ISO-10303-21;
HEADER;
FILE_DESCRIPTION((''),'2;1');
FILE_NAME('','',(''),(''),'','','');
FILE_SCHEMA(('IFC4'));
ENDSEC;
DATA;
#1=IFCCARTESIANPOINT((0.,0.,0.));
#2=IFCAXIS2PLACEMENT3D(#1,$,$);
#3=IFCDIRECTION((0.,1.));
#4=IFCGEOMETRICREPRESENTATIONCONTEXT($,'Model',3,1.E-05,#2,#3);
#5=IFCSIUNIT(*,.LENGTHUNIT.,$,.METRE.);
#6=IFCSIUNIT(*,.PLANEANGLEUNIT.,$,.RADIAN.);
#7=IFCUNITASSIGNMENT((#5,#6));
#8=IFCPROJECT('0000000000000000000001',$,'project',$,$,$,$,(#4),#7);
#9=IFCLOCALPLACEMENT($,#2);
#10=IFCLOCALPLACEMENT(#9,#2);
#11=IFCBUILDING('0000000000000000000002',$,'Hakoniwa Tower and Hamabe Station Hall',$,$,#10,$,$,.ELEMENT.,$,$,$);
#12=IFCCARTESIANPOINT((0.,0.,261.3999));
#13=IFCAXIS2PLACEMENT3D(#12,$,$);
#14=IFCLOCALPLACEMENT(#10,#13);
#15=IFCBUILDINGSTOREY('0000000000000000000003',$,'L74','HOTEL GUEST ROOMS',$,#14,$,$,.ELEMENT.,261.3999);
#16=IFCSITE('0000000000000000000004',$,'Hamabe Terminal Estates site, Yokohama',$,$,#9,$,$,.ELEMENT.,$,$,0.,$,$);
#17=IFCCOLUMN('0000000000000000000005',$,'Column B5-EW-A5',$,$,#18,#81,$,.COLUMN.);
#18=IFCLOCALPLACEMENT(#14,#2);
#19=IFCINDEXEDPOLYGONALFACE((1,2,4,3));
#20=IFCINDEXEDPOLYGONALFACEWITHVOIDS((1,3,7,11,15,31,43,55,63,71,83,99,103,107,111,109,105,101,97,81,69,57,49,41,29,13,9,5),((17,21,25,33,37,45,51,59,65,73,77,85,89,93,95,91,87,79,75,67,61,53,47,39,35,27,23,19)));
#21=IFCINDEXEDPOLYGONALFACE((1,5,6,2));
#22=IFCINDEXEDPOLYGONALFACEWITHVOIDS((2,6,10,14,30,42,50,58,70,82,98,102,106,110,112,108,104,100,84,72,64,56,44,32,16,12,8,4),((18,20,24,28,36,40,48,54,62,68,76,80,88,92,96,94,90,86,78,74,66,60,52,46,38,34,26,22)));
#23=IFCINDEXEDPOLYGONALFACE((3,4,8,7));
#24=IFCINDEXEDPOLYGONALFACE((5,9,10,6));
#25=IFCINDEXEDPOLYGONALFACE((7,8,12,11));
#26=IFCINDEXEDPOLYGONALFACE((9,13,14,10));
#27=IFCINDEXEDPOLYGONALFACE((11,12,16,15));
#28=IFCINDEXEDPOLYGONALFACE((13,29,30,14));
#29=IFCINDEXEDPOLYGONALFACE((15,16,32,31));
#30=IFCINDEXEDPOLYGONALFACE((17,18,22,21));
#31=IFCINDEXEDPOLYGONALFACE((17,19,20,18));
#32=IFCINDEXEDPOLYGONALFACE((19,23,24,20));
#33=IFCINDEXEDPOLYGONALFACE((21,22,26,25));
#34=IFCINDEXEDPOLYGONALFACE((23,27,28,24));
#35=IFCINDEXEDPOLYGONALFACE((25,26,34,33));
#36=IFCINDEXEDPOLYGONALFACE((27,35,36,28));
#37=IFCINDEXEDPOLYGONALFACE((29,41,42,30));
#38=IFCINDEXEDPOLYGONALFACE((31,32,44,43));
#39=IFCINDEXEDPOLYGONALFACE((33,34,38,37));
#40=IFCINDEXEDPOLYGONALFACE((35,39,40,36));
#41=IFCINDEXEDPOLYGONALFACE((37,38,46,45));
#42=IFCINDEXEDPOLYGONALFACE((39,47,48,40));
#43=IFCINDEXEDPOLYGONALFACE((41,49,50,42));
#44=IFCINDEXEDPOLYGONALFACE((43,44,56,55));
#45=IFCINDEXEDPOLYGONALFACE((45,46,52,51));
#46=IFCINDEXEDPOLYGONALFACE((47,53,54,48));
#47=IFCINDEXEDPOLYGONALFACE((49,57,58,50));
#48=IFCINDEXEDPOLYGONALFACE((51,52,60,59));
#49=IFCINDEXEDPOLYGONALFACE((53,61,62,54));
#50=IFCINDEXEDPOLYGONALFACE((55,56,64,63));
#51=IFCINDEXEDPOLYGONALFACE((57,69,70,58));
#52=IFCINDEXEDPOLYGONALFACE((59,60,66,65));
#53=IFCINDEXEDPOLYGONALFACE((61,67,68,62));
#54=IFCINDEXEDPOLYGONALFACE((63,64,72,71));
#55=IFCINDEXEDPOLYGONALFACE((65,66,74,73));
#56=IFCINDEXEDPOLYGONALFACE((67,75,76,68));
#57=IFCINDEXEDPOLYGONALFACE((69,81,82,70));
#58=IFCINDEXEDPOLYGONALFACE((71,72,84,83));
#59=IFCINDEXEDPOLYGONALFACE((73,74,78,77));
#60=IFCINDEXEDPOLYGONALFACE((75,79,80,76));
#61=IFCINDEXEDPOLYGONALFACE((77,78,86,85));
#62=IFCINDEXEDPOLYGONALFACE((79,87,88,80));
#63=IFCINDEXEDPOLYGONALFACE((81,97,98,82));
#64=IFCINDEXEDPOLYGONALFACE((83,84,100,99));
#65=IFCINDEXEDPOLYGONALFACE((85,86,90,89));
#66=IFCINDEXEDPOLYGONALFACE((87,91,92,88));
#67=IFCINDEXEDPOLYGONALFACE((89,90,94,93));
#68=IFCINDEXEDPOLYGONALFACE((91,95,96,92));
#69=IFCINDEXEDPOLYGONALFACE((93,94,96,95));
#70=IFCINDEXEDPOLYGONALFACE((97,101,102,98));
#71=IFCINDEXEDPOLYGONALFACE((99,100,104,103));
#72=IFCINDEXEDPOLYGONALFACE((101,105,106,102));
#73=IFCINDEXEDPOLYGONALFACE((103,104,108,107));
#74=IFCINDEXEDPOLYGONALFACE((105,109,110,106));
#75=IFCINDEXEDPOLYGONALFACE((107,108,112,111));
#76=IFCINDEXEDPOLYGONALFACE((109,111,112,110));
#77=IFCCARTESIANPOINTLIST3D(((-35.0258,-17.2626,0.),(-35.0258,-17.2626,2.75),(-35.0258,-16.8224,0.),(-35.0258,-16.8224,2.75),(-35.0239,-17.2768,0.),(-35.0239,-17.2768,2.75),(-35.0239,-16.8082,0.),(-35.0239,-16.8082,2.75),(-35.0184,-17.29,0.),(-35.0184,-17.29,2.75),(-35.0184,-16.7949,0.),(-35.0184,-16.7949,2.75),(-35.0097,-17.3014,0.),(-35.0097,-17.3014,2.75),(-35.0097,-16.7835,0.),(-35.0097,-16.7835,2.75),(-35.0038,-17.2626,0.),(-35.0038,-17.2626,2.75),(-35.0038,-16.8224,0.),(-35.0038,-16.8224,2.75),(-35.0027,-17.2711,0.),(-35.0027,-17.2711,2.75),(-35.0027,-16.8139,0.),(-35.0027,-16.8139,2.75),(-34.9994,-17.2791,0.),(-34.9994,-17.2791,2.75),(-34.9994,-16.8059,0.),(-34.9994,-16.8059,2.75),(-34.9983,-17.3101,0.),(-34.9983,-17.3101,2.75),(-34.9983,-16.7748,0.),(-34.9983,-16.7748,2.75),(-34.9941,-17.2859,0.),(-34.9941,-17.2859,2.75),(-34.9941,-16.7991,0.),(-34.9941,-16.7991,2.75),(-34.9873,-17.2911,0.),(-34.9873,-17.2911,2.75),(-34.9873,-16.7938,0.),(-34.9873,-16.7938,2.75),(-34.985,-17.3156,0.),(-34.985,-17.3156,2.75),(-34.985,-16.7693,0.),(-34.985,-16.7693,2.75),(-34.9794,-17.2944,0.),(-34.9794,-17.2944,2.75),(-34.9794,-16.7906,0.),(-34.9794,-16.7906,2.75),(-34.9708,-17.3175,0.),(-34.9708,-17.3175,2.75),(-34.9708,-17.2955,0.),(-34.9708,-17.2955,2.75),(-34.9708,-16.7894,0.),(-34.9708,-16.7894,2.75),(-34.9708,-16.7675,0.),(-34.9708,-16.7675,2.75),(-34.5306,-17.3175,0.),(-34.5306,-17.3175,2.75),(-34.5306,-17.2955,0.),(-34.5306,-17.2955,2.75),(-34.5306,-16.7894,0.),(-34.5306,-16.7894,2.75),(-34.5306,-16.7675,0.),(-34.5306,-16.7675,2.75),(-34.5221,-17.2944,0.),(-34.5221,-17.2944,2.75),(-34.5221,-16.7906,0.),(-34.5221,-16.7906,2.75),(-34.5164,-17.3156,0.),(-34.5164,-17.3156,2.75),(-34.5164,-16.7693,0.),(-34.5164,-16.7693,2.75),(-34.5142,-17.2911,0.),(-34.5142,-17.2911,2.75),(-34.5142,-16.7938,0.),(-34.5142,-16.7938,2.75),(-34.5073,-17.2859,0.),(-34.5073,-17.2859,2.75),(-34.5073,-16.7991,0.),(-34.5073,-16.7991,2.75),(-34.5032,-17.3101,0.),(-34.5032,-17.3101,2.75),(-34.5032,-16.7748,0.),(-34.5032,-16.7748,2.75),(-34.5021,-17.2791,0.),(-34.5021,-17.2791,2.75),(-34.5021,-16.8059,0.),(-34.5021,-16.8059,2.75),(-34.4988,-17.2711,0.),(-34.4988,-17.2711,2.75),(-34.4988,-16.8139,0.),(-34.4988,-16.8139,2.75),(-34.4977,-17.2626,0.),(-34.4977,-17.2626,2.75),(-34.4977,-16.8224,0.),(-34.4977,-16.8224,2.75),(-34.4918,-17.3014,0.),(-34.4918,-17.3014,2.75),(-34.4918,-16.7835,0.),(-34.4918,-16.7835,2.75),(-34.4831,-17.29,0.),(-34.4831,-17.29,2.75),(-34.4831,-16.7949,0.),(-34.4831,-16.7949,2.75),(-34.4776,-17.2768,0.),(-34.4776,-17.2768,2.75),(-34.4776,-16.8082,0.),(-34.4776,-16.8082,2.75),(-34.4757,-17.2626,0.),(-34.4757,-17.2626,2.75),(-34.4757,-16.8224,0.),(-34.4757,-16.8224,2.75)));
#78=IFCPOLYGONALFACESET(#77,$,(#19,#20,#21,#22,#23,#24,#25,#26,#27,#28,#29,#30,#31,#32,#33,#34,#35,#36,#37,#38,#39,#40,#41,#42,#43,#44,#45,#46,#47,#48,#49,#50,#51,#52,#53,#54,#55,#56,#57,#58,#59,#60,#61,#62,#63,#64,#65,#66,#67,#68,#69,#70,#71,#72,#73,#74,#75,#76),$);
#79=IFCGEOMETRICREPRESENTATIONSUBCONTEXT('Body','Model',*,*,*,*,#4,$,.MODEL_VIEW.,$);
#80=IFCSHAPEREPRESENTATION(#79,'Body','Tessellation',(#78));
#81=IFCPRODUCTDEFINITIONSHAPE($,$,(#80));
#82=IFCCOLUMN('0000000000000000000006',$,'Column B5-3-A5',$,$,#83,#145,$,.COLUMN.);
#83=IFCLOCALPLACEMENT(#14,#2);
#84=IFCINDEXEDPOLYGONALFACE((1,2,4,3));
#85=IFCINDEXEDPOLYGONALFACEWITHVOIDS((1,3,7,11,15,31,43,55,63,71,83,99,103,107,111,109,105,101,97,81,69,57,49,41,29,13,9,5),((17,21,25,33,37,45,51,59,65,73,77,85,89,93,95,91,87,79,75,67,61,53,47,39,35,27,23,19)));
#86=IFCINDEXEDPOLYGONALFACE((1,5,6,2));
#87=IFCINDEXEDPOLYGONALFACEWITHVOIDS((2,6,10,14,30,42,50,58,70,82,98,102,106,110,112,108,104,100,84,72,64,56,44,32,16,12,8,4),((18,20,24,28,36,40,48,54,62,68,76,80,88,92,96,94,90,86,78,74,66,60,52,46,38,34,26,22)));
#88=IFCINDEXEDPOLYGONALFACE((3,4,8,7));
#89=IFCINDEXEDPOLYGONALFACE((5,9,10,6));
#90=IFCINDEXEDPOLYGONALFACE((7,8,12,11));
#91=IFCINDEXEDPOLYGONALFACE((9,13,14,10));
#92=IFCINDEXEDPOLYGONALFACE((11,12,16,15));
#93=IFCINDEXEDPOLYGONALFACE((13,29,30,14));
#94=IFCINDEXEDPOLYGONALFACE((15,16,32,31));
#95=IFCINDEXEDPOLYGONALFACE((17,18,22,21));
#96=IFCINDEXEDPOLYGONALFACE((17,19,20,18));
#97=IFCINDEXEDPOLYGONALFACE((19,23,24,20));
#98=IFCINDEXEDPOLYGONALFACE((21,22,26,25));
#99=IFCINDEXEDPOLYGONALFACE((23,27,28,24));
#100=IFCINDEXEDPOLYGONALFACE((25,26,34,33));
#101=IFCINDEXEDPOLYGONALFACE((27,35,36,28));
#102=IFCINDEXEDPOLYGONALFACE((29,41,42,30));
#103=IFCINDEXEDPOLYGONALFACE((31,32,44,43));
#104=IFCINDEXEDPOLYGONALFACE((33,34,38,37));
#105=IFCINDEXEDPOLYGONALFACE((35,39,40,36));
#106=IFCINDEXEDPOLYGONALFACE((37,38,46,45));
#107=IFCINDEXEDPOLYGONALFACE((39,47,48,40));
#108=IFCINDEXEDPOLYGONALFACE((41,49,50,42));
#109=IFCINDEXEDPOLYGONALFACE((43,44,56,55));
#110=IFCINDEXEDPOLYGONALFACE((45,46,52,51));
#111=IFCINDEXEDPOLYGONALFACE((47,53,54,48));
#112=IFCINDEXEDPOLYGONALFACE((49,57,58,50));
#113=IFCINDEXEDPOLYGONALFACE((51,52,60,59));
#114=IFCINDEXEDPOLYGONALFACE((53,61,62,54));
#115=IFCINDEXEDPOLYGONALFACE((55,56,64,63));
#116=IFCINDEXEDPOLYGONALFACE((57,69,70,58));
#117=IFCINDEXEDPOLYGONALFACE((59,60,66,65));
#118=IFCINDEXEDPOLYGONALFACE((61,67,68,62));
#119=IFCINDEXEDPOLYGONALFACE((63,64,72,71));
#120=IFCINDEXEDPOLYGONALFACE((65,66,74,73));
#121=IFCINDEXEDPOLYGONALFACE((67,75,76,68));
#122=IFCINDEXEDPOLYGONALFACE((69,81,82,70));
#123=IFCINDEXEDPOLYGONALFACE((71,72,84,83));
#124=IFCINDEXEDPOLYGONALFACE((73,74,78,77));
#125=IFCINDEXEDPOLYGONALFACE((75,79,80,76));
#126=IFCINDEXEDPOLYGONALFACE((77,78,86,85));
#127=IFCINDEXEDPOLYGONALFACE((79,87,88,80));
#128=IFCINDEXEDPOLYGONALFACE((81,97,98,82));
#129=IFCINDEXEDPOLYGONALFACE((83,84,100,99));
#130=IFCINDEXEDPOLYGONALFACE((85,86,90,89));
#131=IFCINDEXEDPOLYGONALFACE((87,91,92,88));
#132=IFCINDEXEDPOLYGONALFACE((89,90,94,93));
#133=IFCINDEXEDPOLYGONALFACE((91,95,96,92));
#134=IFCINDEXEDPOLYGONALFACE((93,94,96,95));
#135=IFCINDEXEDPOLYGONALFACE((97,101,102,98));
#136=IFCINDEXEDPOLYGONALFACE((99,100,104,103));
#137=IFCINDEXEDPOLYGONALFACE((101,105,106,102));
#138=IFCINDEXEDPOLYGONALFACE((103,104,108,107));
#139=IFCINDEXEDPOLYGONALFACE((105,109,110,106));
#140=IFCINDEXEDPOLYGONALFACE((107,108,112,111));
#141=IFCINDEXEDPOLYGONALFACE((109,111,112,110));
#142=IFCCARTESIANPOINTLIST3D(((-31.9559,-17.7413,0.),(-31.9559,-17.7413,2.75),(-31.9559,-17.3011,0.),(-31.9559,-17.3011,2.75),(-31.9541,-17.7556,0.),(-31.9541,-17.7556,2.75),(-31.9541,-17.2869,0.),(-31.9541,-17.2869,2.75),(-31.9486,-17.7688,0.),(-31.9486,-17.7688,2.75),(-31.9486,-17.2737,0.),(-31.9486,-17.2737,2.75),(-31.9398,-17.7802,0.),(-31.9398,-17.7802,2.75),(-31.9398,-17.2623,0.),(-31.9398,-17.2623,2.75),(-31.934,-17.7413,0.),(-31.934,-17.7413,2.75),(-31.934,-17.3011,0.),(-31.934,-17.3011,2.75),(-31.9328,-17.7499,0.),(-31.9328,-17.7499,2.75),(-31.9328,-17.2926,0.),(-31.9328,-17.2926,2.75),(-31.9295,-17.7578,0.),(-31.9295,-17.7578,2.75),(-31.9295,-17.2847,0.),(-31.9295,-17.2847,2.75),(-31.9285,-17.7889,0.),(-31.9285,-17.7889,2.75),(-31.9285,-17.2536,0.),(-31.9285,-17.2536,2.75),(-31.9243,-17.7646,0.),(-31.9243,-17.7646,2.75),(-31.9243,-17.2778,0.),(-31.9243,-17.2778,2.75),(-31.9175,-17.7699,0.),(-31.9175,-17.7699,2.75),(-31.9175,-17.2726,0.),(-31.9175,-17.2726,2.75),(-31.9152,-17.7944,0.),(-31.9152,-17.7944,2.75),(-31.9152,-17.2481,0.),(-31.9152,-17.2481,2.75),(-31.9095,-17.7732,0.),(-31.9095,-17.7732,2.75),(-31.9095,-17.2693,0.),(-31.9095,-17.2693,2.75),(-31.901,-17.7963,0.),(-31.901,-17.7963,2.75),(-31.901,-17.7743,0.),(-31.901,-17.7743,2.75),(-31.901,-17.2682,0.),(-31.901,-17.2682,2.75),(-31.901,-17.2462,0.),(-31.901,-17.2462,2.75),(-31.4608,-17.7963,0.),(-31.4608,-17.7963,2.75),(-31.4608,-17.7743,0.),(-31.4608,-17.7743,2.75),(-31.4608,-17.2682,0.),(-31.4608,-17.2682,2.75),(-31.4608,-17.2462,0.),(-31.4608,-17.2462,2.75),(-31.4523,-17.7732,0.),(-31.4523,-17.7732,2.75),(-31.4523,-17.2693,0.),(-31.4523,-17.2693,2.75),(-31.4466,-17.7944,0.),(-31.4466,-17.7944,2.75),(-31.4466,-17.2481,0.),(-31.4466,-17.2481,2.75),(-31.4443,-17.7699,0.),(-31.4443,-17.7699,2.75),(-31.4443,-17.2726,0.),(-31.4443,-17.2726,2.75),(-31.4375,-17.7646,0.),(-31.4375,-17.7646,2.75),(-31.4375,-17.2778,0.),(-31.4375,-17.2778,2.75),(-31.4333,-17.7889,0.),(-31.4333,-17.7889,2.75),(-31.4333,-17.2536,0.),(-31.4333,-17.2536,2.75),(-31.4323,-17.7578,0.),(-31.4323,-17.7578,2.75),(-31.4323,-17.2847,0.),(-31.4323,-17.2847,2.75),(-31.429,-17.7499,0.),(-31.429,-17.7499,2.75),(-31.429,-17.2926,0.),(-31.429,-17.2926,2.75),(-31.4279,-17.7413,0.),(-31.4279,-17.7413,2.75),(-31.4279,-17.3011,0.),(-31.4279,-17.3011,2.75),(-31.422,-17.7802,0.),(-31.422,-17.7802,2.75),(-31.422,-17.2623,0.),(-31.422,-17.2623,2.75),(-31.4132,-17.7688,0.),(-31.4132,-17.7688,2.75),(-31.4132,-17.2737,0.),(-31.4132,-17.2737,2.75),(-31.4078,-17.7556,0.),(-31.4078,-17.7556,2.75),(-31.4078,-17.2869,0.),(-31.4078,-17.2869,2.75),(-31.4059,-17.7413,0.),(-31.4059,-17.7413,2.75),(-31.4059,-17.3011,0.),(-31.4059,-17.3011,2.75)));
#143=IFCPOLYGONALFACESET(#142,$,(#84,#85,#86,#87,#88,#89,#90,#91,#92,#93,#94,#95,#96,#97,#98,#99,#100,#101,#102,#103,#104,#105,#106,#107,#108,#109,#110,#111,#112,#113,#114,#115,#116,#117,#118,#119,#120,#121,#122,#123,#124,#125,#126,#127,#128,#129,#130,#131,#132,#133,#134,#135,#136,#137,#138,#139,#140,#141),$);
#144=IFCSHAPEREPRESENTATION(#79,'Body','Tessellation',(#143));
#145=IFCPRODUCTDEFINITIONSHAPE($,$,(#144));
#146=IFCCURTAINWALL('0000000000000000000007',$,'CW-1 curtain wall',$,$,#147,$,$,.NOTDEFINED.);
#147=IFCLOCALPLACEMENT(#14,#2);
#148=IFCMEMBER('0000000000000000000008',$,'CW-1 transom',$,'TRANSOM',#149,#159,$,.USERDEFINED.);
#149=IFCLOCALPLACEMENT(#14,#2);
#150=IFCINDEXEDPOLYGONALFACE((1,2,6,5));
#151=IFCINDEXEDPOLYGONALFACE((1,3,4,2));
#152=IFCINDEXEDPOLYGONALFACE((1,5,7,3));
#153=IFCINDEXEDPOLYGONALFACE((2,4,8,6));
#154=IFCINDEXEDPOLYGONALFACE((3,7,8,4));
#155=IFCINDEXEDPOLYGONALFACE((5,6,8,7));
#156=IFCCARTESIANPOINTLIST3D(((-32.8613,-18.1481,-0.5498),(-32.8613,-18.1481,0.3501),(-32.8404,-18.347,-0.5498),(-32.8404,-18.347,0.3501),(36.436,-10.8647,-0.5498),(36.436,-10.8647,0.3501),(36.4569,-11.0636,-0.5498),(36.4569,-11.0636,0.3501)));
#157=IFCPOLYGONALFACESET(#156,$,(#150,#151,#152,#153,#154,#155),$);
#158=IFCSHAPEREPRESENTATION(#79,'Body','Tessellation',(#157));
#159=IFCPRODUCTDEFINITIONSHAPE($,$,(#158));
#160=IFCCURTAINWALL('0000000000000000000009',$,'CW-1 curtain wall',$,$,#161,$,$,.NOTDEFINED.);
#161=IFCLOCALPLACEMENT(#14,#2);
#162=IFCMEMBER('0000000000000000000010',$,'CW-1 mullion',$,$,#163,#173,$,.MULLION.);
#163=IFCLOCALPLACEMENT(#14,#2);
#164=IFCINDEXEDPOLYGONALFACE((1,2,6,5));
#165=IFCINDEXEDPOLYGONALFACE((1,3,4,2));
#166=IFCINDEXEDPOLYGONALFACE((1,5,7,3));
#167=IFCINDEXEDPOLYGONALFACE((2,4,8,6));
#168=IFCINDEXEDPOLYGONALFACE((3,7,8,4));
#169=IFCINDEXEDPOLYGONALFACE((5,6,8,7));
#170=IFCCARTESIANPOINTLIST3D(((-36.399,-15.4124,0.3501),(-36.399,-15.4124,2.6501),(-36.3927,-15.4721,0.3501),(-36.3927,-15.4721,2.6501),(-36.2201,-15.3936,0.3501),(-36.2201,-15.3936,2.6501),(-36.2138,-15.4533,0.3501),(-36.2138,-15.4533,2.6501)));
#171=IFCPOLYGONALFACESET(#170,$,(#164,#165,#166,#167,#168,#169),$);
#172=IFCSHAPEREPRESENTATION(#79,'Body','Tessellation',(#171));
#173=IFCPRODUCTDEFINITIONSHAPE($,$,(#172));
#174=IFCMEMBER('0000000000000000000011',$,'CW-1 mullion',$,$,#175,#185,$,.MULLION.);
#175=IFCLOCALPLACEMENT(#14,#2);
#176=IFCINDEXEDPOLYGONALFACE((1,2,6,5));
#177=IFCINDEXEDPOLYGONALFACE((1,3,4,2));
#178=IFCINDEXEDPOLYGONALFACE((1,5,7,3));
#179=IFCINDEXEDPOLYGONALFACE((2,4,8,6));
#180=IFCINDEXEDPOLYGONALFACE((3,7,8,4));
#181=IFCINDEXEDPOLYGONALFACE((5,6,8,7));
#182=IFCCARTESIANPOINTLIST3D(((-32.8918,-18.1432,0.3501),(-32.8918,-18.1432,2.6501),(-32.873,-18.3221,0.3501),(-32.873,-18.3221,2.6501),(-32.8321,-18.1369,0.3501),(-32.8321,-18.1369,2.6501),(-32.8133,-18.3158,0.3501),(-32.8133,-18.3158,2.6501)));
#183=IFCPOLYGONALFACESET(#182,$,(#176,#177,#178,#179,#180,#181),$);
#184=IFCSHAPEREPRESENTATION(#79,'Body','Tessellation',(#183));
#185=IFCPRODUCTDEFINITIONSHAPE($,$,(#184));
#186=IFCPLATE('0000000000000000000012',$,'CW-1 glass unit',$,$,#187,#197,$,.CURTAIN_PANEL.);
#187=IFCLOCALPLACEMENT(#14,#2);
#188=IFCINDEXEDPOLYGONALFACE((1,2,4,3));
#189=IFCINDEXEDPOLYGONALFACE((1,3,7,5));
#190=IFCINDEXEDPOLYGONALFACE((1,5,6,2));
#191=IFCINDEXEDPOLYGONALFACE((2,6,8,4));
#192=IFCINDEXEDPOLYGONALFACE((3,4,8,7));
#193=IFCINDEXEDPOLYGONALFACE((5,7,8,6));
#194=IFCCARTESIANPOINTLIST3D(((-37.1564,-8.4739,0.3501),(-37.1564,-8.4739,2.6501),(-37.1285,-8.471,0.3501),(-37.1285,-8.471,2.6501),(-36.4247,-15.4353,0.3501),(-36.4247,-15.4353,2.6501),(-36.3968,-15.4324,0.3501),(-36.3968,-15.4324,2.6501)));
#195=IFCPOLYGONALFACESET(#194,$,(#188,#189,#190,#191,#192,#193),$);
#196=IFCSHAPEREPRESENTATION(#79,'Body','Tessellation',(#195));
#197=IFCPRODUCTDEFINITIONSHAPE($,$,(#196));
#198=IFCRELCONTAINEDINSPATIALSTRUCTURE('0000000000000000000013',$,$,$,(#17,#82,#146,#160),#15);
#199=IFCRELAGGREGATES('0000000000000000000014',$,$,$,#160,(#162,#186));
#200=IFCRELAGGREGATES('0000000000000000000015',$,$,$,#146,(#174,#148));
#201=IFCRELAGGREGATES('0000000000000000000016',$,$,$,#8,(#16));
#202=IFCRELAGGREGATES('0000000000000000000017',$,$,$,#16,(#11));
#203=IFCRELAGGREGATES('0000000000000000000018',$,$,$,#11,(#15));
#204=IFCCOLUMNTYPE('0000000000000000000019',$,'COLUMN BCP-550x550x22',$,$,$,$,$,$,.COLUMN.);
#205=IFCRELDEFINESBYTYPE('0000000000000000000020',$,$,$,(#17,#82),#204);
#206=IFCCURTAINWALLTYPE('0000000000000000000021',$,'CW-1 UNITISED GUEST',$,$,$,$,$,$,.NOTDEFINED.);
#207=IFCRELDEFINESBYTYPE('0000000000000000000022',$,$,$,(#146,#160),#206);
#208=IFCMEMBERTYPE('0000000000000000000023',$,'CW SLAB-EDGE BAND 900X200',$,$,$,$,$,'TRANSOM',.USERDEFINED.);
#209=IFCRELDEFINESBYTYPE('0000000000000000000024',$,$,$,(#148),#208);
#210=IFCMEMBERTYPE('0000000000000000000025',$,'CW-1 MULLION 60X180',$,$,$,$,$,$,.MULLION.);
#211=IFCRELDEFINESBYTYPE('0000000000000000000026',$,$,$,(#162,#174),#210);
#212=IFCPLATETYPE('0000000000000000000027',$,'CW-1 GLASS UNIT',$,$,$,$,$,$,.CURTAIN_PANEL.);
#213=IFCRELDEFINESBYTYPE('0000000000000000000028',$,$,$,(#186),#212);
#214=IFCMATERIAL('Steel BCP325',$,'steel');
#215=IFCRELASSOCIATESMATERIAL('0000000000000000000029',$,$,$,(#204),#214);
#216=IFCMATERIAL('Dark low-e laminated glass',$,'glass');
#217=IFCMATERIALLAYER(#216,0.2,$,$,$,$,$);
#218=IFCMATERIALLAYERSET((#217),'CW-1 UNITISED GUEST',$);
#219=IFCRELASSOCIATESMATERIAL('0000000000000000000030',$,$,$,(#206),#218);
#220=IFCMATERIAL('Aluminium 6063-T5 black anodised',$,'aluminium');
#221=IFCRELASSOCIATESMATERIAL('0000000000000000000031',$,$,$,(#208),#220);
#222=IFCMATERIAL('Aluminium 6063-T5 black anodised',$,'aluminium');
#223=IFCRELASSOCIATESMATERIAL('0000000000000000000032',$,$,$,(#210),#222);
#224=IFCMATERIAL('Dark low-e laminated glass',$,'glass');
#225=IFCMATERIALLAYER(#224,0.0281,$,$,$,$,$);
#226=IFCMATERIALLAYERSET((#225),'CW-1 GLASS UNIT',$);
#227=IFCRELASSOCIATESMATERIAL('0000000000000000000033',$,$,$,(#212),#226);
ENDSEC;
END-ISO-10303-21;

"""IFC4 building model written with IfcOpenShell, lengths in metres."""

from ifc_helpers import new_model, si_unit, direction, frame, origin, origin_2d, place, context, subcontext, project, spatial, rectangle, hollow_rectangle, extrude, material, layer, layer_set, material_profile, profile_set, type_object, element, aggregate, save


model = new_model("IFC4")

# Units and contexts
model_context = context("Model", 3, precision=1e-05, world=origin(), true_north=direction((0.0, 1.0)))
body_context = subcontext(model_context, "Body", "Model", "MODEL_VIEW")
ifc_project = project(units=[si_unit("LENGTHUNIT", "METRE"), si_unit("PLANEANGLEUNIT", "RADIAN")], contexts=[model_context])

# Site, building, storey
site_placement = place(None, origin())
site = spatial("IfcSite", under=ifc_project, at=site_placement, Name="Hamabe Terminal Estates site, Yokohama", CompositionType="ELEMENT", RefElevation=0.0)
building_placement = place(site_placement, origin())
building = spatial("IfcBuilding", under=site, at=building_placement, Name="Hakoniwa Tower and Hamabe Station Hall", CompositionType="ELEMENT")
storey_placement = place(building_placement, frame((0.0, 0.0, 261.3999)))
storey = spatial("IfcBuildingStorey", under=building, at=storey_placement, Name="L74", Description="HOTEL GUEST ROOMS", CompositionType="ELEMENT", Elevation=261.3999)

# Columns
ifc_material_1 = material(Name="Steel BCP325", Category="steel")
ifc_material_profile_1 = material_profile(ifc_material_1, hollow_rectangle(XDim=0.55, YDim=0.55, WallThickness=0.022, InnerFilletRadius=0.033, OuterFilletRadius=0.0549, at=origin_2d()), Name="BCP-550x550x22")
ifc_profile_set_1 = profile_set([ifc_material_profile_1], Name="Steel BCP325")
column_type = type_object("IfcColumnType", Name="COLUMN BCP-550x550x22", PredefinedType="COLUMN", material=ifc_profile_set_1)
for number, where, z_axis, x_axis, name in (
    (1, (-34.7507, -17.0425, 0.0), (0.0, 0.0, 1.0), (1.0, 0.0, 0.0), "Column B5-EW-A5"),
    (2, (-31.6809, -17.5212, 0.0), (0.0, 0.0, 1.0), (1.0, 0.0, 0.0), "Column B5-3-A5"),
):
    element("IfcColumn", number, at=place(storey_placement, frame(where, z_axis=z_axis, x_axis=x_axis)), inside=storey, type_object=column_type, Name=name, PredefinedType="COLUMN", context=body_context, shape_type="SweptSolid", body=[
        extrude(hollow_rectangle(XDim=0.55, YDim=0.55, WallThickness=0.022, InnerFilletRadius=0.033, OuterFilletRadius=0.0549, at=origin_2d()), origin(), (0.0, 0.0, 1.0), 2.75),
    ])

# Curtain walls, members
ifc_material_2 = material(Name="Dark low-e laminated glass", Category="glass")
ifc_layer_1 = layer(ifc_material_2, 0.2)
ifc_layer_set_1 = layer_set([ifc_layer_1], Name="CW-1 UNITISED GUEST")
curtain_wall_type = type_object("IfcCurtainWallType", Name="CW-1 UNITISED GUEST", PredefinedType="NOTDEFINED", material=ifc_layer_set_1)
curtain_wall_1_placement = place(storey_placement, origin())
curtain_wall_1 = element("IfcCurtainWall", 3, at=curtain_wall_1_placement, inside=storey, type_object=curtain_wall_type, Name="CW-1 curtain wall", PredefinedType="NOTDEFINED")
ifc_material_3 = material(Name="Aluminium 6063-T5 black anodised", Category="aluminium")
ifc_material_profile_2 = material_profile(ifc_material_3, rectangle(XDim=0.2, YDim=0.8999, at=origin_2d()), Name="CW SLAB-EDGE BAND 900X200")
ifc_profile_set_2 = profile_set([ifc_material_profile_2], Name="Aluminium 6063-T5 black anodised")
member_type_1 = type_object("IfcMemberType", Name="CW SLAB-EDGE BAND 900X200", ElementType="TRANSOM", PredefinedType="USERDEFINED", material=ifc_profile_set_2)
member_1_placement = place(storey_placement, frame((-32.8508, -18.2476, -0.0999), z_axis=(0.994522, 0.104528, 0.0), x_axis=(-0.104528, 0.994522, 0.0)))
member_1 = element("IfcMember", 4, at=member_1_placement, type_object=member_type_1, Name="CW-1 transom", ObjectType="TRANSOM", PredefinedType="USERDEFINED", context=body_context, shape_type="SweptSolid", body=[
    extrude(rectangle(XDim=0.2, YDim=0.8999, at=origin_2d()), origin(), (0.0, 0.0, 1.0), 69.679),
])
curtain_wall_2_placement = place(storey_placement, origin())
curtain_wall_2 = element("IfcCurtainWall", 5, at=curtain_wall_2_placement, inside=storey, type_object=curtain_wall_type, Name="CW-1 curtain wall", PredefinedType="NOTDEFINED")
ifc_material_4 = material(Name="Aluminium 6063-T5 black anodised", Category="aluminium")
ifc_material_profile_3 = material_profile(ifc_material_4, rectangle(XDim=0.0601, YDim=0.1799, at=origin_2d()), Name="CW-1 MULLION 60X180")
ifc_profile_set_3 = profile_set([ifc_material_profile_3], Name="Aluminium 6063-T5 black anodised")
member_type_2 = type_object("IfcMemberType", Name="CW-1 MULLION 60X180", PredefinedType="MULLION", material=ifc_profile_set_3)
member_2_placement = place(storey_placement, frame((-36.3064, -15.4329, 0.3501), z_axis=(0.0, 0.0, 1.0), x_axis=(0.104528, -0.994522, 0.0)))
member_2 = element("IfcMember", 6, at=member_2_placement, type_object=member_type_2, Name="CW-1 mullion", PredefinedType="MULLION", context=body_context, shape_type="SweptSolid", body=[
    extrude(rectangle(XDim=0.0601, YDim=0.1799, at=origin_2d()), origin(), (0.0, 0.0, 1.0), 2.3),
])

# Member
member_3_placement = place(storey_placement, frame((-32.8525, -18.2295, 0.3501), z_axis=(0.0, 0.0, 1.0), x_axis=(0.994522, 0.104528, 0.0)))
member_3 = element("IfcMember", 7, at=member_3_placement, type_object=member_type_2, Name="CW-1 mullion", PredefinedType="MULLION", context=body_context, shape_type="SweptSolid", body=[
    extrude(rectangle(XDim=0.0601, YDim=0.1799, at=origin_2d()), origin(), (0.0, 0.0, 1.0), 2.3),
])

# Plate
ifc_material_5 = material(Name="Dark low-e laminated glass", Category="glass")
ifc_layer_2 = layer(ifc_material_5, 0.0281)
ifc_layer_set_2 = layer_set([ifc_layer_2], Name="CW-1 GLASS UNIT")
plate_type = type_object("IfcPlateType", Name="CW-1 GLASS UNIT", PredefinedType="CURTAIN_PANEL", material=ifc_layer_set_2)
plate_1_placement = place(storey_placement, frame((-36.7766, -11.9531, 0.3501), z_axis=(0.0, 0.0, 1.0), x_axis=(0.104528, -0.994522, 0.0)))
plate_1 = element("IfcPlate", 8, at=plate_1_placement, type_object=plate_type, Name="CW-1 glass unit", PredefinedType="CURTAIN_PANEL", context=body_context, shape_type="SweptSolid", body=[
    extrude(rectangle(XDim=6.9998, YDim=0.0281, at=origin_2d()), origin(), (0.0, 0.0, 1.0), 2.3),
])
aggregate(curtain_wall_2, [member_2, plate_1])
aggregate(curtain_wall_1, [member_3, member_1])

save(model, "model.ifc")
